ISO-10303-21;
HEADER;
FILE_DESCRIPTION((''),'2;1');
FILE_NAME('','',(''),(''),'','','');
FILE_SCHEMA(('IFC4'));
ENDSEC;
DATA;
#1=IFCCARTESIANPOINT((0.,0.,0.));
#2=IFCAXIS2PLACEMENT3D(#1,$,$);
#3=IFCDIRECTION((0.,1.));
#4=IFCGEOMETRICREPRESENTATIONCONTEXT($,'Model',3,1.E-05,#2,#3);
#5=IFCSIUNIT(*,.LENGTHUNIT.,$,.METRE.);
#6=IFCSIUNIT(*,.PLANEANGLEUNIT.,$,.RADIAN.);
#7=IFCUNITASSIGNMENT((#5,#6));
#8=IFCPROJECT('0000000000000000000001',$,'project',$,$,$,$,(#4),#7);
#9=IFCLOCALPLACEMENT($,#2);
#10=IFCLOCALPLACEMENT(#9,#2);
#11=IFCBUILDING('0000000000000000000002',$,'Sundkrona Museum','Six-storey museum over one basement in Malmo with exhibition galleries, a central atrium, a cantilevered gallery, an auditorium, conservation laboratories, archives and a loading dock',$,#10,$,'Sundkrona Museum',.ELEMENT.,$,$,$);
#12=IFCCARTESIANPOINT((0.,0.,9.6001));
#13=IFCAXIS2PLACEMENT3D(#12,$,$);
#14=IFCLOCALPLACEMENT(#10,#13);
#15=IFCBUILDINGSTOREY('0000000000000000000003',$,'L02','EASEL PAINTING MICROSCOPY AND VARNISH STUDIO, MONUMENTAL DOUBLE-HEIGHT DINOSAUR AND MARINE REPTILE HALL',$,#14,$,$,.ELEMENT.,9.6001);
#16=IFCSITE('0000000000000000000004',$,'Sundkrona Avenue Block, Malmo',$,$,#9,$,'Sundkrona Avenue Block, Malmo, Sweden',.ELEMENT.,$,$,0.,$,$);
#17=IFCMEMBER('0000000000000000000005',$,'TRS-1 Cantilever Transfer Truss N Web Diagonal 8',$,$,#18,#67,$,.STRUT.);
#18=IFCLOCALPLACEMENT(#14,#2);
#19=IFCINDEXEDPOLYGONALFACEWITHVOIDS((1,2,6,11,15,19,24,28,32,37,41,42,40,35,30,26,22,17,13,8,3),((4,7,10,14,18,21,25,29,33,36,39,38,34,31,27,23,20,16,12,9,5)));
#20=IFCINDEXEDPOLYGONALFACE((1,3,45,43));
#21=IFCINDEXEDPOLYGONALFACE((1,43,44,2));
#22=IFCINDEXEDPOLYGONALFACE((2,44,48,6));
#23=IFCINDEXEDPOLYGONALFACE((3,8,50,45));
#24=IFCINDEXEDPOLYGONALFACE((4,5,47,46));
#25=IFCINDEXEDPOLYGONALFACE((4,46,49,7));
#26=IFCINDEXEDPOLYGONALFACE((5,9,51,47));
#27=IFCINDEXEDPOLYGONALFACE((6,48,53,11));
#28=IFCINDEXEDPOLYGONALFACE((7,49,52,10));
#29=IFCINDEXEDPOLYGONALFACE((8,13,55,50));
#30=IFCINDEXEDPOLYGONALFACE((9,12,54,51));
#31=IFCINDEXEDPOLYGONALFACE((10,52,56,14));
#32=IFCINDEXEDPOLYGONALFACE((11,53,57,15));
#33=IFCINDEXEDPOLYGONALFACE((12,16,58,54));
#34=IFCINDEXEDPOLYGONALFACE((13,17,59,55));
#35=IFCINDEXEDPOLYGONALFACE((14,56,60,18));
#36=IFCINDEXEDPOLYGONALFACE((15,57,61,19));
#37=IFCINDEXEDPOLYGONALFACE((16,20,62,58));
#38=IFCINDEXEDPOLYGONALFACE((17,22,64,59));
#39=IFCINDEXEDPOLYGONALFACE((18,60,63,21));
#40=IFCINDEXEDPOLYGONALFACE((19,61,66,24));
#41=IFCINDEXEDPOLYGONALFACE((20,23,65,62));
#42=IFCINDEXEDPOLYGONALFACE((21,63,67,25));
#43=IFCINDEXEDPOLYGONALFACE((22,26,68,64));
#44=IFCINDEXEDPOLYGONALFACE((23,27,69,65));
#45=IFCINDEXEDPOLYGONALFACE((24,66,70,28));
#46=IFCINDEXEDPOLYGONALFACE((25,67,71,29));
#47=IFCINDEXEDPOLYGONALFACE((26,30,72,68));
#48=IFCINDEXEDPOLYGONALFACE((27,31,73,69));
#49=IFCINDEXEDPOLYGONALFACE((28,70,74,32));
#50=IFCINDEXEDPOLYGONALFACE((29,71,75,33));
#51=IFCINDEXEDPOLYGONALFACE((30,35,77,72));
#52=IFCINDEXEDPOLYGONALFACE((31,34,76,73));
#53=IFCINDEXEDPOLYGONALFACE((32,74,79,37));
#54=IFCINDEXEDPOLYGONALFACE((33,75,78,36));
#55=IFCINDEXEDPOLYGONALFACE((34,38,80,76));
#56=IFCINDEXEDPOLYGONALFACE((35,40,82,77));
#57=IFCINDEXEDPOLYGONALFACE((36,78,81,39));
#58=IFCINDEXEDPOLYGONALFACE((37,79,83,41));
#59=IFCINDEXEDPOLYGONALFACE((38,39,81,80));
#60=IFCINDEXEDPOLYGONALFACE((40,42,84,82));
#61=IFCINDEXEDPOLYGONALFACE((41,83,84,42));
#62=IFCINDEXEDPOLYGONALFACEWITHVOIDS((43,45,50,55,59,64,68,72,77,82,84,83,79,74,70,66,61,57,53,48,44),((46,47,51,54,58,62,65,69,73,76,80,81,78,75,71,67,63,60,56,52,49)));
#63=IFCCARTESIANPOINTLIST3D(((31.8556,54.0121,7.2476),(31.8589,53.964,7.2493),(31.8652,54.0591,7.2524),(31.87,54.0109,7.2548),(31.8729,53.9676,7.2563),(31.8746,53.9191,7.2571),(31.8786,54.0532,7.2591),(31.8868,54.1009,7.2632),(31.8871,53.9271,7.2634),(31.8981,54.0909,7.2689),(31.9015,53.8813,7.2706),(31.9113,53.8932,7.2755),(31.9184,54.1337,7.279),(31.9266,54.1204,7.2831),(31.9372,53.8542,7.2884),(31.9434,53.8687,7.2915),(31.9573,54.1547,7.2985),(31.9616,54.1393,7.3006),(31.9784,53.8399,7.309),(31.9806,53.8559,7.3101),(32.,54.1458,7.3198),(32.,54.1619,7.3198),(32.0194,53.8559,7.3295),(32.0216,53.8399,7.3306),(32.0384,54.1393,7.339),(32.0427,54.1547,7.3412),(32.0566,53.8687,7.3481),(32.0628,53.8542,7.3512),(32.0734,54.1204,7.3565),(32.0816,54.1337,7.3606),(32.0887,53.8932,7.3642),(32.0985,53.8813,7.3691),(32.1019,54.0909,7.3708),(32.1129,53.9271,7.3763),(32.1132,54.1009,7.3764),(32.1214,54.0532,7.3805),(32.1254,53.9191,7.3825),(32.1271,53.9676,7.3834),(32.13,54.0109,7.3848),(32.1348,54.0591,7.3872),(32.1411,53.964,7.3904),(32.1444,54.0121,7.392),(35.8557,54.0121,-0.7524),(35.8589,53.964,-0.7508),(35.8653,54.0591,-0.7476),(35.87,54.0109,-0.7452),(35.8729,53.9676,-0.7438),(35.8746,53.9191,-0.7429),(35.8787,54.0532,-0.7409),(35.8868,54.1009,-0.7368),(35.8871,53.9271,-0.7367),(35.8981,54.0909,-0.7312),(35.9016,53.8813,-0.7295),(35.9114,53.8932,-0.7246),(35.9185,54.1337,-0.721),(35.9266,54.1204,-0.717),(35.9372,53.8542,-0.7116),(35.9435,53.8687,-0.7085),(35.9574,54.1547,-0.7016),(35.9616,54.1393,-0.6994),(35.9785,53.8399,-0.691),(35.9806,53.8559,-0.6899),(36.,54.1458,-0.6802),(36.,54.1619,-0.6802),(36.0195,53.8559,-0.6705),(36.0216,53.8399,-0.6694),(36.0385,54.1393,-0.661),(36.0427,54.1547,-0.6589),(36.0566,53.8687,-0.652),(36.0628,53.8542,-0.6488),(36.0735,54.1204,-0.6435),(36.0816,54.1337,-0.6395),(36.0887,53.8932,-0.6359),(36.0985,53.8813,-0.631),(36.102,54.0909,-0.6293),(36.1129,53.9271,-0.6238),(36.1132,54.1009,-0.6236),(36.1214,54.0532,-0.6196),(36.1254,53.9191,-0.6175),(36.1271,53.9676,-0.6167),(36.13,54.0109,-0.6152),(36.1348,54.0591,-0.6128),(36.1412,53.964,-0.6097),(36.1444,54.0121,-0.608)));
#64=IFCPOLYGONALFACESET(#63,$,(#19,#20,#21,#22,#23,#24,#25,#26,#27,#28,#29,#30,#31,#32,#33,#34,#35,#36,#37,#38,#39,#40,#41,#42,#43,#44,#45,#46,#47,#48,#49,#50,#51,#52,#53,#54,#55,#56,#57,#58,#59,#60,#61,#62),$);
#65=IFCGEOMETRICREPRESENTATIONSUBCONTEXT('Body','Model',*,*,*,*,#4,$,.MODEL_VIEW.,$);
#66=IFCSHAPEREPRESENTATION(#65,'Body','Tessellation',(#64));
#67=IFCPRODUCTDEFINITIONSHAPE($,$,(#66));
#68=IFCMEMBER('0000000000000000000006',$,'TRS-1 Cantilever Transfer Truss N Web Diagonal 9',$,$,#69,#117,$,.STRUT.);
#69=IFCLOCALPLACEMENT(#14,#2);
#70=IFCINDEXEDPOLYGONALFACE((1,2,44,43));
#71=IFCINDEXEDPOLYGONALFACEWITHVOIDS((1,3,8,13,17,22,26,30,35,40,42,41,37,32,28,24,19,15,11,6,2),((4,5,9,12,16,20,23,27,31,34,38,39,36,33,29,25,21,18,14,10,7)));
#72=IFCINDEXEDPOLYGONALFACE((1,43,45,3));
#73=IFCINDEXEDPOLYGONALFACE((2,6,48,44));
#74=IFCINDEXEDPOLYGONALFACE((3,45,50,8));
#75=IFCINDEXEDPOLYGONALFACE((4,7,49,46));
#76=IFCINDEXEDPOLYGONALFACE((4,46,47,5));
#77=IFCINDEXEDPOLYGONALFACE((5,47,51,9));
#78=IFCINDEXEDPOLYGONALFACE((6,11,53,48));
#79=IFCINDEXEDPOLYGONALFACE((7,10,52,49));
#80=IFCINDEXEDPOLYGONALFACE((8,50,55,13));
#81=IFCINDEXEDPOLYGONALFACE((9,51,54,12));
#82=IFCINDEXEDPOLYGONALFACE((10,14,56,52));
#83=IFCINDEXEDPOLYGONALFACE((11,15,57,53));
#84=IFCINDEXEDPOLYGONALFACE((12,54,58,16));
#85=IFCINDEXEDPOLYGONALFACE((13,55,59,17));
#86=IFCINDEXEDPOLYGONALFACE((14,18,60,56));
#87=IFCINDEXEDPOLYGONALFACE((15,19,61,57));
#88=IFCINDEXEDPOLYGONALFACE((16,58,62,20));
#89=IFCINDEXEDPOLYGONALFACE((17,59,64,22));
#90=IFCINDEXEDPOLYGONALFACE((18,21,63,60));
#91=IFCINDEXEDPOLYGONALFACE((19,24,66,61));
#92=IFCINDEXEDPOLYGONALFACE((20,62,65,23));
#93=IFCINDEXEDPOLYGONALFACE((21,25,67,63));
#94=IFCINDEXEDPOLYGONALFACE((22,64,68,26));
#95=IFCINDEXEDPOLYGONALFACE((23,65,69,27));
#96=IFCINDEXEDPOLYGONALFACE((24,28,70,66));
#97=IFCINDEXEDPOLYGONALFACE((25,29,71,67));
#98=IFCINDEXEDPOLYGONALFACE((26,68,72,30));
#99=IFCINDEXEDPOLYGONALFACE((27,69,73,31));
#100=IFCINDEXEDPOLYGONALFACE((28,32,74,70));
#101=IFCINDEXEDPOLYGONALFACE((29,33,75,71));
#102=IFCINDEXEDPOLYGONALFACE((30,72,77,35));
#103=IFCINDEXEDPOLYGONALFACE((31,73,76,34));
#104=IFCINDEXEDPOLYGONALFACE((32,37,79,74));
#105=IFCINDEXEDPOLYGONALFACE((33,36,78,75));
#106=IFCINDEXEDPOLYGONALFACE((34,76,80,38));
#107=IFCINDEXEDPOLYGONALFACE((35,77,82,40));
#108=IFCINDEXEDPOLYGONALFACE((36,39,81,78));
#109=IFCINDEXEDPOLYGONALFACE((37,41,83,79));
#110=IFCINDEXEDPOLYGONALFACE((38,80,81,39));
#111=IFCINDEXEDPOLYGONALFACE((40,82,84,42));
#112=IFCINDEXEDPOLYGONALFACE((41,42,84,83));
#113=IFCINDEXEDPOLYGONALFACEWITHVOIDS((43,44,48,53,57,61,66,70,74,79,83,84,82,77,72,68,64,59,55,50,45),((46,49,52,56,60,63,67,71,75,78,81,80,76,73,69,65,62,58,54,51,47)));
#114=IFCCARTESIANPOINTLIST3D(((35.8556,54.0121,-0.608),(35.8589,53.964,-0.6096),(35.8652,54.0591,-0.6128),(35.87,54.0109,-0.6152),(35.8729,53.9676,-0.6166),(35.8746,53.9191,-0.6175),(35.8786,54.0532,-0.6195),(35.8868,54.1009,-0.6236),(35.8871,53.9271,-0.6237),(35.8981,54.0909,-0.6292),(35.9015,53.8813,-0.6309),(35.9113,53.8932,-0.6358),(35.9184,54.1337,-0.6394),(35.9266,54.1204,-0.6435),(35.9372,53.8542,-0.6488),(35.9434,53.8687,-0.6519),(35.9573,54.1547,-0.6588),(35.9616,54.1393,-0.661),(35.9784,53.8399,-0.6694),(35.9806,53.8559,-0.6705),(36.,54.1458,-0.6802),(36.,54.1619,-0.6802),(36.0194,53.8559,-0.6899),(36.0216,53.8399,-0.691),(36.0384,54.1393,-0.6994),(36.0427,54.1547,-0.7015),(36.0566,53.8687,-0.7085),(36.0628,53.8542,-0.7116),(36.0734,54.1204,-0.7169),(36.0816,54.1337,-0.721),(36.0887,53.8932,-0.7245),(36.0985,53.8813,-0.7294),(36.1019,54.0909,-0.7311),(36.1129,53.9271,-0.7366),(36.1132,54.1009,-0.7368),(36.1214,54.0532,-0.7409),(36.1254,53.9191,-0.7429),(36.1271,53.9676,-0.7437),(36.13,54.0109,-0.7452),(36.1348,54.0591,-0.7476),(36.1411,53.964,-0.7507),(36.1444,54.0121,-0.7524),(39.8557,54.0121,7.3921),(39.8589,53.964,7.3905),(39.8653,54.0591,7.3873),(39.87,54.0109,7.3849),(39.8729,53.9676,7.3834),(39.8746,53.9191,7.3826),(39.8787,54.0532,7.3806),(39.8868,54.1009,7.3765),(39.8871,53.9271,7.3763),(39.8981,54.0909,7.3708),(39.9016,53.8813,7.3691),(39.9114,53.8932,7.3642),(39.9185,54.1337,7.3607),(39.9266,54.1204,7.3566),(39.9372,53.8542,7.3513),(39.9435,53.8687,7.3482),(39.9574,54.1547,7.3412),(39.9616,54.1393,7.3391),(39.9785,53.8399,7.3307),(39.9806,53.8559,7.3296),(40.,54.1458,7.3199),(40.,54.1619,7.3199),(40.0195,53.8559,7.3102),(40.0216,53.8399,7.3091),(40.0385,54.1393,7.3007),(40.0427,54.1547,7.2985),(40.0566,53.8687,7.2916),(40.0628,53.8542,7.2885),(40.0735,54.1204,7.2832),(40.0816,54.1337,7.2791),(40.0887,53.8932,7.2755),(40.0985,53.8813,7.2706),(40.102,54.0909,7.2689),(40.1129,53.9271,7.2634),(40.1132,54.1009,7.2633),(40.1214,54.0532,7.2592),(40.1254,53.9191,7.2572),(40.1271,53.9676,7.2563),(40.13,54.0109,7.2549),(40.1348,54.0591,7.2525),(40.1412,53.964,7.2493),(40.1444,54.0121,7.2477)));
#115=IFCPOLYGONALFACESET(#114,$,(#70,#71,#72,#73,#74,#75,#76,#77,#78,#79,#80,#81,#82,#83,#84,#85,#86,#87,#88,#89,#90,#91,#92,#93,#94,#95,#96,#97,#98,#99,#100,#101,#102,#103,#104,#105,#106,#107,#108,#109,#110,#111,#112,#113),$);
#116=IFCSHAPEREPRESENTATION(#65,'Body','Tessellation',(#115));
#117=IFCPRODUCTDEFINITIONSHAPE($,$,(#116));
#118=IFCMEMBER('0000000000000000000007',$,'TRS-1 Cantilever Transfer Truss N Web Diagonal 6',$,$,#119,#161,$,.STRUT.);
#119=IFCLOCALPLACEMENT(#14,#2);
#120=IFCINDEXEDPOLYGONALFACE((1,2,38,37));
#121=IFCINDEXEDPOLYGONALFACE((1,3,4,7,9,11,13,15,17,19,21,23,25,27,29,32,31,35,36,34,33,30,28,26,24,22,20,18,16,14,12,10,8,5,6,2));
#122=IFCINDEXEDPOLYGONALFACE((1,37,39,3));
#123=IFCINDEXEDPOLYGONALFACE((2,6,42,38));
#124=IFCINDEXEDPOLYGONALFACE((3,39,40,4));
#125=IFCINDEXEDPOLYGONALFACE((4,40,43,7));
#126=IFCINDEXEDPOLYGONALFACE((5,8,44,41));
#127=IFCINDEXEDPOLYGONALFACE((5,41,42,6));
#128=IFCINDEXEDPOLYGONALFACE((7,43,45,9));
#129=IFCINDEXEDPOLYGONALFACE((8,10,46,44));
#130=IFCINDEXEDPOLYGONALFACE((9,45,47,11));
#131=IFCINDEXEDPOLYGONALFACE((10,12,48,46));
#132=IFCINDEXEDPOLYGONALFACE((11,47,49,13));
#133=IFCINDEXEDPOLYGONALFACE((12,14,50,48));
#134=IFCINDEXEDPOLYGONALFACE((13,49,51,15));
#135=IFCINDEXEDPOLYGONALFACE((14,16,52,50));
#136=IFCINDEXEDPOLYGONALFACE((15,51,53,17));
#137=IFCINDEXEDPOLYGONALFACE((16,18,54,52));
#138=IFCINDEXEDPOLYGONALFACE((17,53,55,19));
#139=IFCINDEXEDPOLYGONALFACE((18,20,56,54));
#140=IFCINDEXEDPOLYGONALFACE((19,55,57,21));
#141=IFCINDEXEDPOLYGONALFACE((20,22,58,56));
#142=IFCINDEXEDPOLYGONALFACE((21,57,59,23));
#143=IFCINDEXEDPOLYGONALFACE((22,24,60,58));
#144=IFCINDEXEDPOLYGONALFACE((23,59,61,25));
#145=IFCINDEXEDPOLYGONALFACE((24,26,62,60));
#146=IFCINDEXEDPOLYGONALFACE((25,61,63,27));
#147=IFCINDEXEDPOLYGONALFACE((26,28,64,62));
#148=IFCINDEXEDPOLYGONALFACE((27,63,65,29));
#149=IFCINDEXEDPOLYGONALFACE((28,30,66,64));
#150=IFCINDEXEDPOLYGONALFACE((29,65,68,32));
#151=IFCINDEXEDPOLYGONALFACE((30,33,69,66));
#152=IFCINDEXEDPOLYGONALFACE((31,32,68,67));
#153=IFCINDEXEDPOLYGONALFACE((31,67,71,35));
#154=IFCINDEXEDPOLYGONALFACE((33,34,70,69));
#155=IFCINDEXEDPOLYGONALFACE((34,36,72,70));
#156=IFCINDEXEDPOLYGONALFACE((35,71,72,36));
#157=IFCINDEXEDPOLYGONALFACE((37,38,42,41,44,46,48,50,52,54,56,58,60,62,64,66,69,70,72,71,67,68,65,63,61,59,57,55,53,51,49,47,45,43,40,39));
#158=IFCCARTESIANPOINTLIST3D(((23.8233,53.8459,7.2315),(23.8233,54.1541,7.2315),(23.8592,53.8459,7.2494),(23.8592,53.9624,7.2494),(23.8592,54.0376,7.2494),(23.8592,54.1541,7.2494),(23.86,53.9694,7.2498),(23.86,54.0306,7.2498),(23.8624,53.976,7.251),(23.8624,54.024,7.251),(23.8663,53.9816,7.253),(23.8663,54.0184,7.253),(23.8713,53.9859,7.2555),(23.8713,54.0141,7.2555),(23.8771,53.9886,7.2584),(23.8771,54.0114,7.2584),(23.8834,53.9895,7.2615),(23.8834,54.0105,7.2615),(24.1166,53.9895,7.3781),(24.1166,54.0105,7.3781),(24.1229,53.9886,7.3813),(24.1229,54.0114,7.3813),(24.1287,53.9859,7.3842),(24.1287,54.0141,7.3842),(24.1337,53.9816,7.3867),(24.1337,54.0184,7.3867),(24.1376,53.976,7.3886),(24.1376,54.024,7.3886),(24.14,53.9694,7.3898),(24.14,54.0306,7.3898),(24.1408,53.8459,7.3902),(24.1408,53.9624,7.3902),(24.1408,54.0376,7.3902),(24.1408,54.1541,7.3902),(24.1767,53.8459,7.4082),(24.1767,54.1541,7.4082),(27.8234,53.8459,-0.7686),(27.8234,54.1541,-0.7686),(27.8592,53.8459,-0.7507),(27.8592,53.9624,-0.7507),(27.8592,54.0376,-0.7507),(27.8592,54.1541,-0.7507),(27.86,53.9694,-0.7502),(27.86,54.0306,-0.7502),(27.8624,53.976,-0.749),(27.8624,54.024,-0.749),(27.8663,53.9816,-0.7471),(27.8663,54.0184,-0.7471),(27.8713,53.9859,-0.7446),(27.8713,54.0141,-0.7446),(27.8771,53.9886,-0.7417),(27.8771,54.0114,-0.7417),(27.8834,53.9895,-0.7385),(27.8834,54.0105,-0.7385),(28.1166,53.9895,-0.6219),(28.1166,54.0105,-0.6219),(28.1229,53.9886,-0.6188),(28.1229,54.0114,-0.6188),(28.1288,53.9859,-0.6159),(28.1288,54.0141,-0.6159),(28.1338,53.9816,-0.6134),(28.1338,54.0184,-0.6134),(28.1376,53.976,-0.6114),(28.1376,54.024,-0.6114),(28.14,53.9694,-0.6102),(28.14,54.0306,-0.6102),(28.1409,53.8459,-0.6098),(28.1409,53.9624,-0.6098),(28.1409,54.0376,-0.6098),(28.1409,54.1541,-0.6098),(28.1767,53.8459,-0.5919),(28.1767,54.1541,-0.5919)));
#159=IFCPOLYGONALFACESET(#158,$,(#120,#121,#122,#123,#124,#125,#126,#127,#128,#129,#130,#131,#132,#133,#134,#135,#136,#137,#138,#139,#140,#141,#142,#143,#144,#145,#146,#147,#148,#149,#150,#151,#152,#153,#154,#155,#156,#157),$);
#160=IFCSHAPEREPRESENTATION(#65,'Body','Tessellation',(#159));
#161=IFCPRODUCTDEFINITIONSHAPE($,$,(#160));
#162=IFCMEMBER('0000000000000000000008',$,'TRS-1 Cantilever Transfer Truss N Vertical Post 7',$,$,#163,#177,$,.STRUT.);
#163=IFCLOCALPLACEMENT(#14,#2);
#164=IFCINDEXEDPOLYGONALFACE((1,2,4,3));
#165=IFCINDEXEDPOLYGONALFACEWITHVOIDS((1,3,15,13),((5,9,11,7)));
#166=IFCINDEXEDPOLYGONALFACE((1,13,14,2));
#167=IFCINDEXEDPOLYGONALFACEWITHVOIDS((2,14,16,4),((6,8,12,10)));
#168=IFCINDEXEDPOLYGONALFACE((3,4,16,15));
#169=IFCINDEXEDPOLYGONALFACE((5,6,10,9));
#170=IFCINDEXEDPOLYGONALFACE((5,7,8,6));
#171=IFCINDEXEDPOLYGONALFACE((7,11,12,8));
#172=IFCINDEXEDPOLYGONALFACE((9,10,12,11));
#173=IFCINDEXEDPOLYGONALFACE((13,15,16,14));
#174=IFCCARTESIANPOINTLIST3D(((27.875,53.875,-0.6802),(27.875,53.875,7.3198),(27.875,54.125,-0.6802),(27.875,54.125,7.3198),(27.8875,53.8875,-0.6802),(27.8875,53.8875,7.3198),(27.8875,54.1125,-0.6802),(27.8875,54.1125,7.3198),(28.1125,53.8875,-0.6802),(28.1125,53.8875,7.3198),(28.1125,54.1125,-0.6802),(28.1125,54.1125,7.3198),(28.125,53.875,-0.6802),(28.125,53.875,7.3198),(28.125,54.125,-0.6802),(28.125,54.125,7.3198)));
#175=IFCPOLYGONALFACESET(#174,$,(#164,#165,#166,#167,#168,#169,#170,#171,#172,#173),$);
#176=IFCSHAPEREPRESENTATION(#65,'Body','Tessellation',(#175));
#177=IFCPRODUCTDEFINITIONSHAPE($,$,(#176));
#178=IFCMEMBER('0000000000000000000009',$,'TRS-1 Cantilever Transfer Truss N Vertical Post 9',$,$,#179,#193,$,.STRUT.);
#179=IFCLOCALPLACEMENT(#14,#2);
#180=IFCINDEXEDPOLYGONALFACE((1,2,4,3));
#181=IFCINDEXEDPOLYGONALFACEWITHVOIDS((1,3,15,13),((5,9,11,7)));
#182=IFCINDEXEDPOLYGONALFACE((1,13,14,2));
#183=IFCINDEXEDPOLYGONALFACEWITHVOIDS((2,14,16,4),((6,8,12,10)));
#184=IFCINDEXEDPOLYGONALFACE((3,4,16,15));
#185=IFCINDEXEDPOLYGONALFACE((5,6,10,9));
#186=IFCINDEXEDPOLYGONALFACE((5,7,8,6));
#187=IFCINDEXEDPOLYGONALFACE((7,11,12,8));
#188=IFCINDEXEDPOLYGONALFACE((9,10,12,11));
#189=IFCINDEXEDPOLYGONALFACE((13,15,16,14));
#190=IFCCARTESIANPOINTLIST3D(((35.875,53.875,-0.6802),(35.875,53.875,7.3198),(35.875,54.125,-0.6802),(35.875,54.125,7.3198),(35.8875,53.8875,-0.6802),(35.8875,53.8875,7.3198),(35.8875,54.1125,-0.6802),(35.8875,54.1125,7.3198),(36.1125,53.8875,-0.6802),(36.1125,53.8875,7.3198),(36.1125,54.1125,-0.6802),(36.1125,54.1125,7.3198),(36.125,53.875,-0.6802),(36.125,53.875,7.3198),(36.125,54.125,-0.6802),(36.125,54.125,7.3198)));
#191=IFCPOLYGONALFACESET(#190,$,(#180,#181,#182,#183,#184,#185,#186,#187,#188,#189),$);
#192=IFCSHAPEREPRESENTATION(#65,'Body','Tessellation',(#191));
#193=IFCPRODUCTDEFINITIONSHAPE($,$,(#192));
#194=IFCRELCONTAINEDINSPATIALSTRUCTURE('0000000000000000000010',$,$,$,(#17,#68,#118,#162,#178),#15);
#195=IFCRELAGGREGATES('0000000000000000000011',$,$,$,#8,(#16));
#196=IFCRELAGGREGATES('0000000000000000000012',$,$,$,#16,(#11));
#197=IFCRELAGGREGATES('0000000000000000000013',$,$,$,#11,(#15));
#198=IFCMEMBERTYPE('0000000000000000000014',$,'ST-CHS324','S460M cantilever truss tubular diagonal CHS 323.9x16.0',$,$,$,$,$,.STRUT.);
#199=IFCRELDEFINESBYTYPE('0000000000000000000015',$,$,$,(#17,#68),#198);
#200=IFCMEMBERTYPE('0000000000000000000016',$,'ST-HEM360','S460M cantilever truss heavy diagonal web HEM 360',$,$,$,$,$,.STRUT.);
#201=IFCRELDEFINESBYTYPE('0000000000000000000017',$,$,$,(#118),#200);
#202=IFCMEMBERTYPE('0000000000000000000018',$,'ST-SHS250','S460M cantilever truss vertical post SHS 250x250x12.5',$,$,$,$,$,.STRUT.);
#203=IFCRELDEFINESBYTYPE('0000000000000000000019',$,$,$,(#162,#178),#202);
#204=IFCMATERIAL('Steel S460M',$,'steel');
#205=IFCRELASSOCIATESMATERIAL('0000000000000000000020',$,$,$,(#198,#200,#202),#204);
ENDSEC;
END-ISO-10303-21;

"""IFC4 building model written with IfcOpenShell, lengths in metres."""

from ifc_helpers import new_model, si_unit, direction, frame, origin, origin_2d, place, context, subcontext, project, spatial, hollow_rectangle, hollow_circle, i_section, extrude, material, material_profile, profile_set, type_object, element, save


model = new_model("IFC4")

# Units and contexts
model_context = context("Model", 3, precision=1e-05, world=origin(), true_north=direction((0.0, 1.0)))
body_context = subcontext(model_context, "Body", "Model", "MODEL_VIEW")
ifc_project = project(units=[si_unit("LENGTHUNIT", "METRE"), si_unit("PLANEANGLEUNIT", "RADIAN")], contexts=[model_context])

# Site, building, storey
site_placement = place(None, origin())
site = spatial("IfcSite", under=ifc_project, at=site_placement, Name="Sundkrona Avenue Block, Malmo", LongName="Sundkrona Avenue Block, Malmo, Sweden", CompositionType="ELEMENT", RefElevation=0.0)
building_placement = place(site_placement, origin())
building = spatial("IfcBuilding", under=site, at=building_placement, Name="Sundkrona Museum", Description="Six-storey museum over one basement in Malmo with exhibition galleries, a central atrium, a cantilevered gallery, an auditorium, conservation laboratories, archives and a loading dock", LongName="Sundkrona Museum", CompositionType="ELEMENT")
storey_placement = place(building_placement, frame((0.0, 0.0, 9.6001)))
storey = spatial("IfcBuildingStorey", under=building, at=storey_placement, Name="L02", Description="EASEL PAINTING MICROSCOPY AND VARNISH STUDIO, MONUMENTAL DOUBLE-HEIGHT DINOSAUR AND MARINE REPTILE HALL", CompositionType="ELEMENT", Elevation=9.6001)

# Shared definitions
ifc_material_1 = material(Name="Steel S460M", Category="steel")

# Members
ifc_material_profile_1 = material_profile(ifc_material_1, hollow_circle(Radius=0.1619, WallThickness=0.0161, at=origin_2d()), Name="CHS 323.9x16.0")
ifc_profile_set_1 = profile_set([ifc_material_profile_1], Name="Steel S460M")
member_type_1 = type_object("IfcMemberType", Name="ST-CHS324", Description="S460M cantilever truss tubular diagonal CHS 323.9x16.0", PredefinedType="STRUT", material=ifc_profile_set_1)
for number, where, z_axis, x_axis, name in (
    (1, (32.0, 54.0, 7.3198), (0.447214, 0.0, -0.894427), (0.0, 1.0, 0.0), "TRS-1 Cantilever Transfer Truss N Web Diagonal 8"),
    (2, (36.0, 54.0, -0.6802), (0.447214, 0.0, 0.894427), (0.0, 1.0, 0.0), "TRS-1 Cantilever Transfer Truss N Web Diagonal 9"),
):
    element("IfcMember", number, at=place(storey_placement, frame(where, z_axis=z_axis, x_axis=x_axis)), inside=storey, type_object=member_type_1, Name=name, PredefinedType="STRUT", context=body_context, shape_type="SweptSolid", body=[
        extrude(hollow_circle(Radius=0.1619, WallThickness=0.0161, at=origin_2d()), origin(), (0.0, 0.0, 1.0), 8.9443),
    ])
ifc_material_profile_2 = material_profile(ifc_material_1, i_section(OverallWidth=0.3081, OverallDepth=0.395, WebThickness=0.021, FlangeThickness=0.04, FilletRadius=0.0271, at=origin_2d()), Name="HEM 360")
ifc_profile_set_2 = profile_set([ifc_material_profile_2], Name="Steel S460M")
member_type_2 = type_object("IfcMemberType", Name="ST-HEM360", Description="S460M cantilever truss heavy diagonal web HEM 360", PredefinedType="STRUT", material=ifc_profile_set_2)
member_placement = place(storey_placement, frame((24.0, 54.0, 7.3198), z_axis=(0.447214, 0.0, -0.894427), x_axis=(0.0, 1.0, 0.0)))
element("IfcMember", 3, at=member_placement, inside=storey, type_object=member_type_2, Name="TRS-1 Cantilever Transfer Truss N Web Diagonal 6", PredefinedType="STRUT", context=body_context, shape_type="SweptSolid", body=[
    extrude(i_section(OverallWidth=0.3081, OverallDepth=0.395, WebThickness=0.021, FlangeThickness=0.04, FilletRadius=0.0271, at=origin_2d()), origin(), (0.0, 0.0, 1.0), 8.9443),
])
ifc_material_profile_3 = material_profile(ifc_material_1, hollow_rectangle(XDim=0.25, YDim=0.25, WallThickness=0.0125, at=origin_2d()), Name="SHS 250x250x12.5")
ifc_profile_set_3 = profile_set([ifc_material_profile_3], Name="Steel S460M")
member_type_3 = type_object("IfcMemberType", Name="ST-SHS250", Description="S460M cantilever truss vertical post SHS 250x250x12.5", PredefinedType="STRUT", material=ifc_profile_set_3)
for number, where, z_axis, x_axis, name in (
    (4, (28.0, 54.0, -0.6802), (0.0, 0.0, 1.0), (1.0, 0.0, 0.0), "TRS-1 Cantilever Transfer Truss N Vertical Post 7"),
    (5, (36.0, 54.0, -0.6802), (0.0, 0.0, 1.0), (1.0, 0.0, 0.0), "TRS-1 Cantilever Transfer Truss N Vertical Post 9"),
):
    element("IfcMember", number, at=place(storey_placement, frame(where, z_axis=z_axis, x_axis=x_axis)), inside=storey, type_object=member_type_3, Name=name, PredefinedType="STRUT", context=body_context, shape_type="SweptSolid", body=[
        extrude(hollow_rectangle(XDim=0.25, YDim=0.25, WallThickness=0.0125, at=origin_2d()), origin(), (0.0, 0.0, 1.0), 8.0),
    ])

save(model, "model.ifc")
